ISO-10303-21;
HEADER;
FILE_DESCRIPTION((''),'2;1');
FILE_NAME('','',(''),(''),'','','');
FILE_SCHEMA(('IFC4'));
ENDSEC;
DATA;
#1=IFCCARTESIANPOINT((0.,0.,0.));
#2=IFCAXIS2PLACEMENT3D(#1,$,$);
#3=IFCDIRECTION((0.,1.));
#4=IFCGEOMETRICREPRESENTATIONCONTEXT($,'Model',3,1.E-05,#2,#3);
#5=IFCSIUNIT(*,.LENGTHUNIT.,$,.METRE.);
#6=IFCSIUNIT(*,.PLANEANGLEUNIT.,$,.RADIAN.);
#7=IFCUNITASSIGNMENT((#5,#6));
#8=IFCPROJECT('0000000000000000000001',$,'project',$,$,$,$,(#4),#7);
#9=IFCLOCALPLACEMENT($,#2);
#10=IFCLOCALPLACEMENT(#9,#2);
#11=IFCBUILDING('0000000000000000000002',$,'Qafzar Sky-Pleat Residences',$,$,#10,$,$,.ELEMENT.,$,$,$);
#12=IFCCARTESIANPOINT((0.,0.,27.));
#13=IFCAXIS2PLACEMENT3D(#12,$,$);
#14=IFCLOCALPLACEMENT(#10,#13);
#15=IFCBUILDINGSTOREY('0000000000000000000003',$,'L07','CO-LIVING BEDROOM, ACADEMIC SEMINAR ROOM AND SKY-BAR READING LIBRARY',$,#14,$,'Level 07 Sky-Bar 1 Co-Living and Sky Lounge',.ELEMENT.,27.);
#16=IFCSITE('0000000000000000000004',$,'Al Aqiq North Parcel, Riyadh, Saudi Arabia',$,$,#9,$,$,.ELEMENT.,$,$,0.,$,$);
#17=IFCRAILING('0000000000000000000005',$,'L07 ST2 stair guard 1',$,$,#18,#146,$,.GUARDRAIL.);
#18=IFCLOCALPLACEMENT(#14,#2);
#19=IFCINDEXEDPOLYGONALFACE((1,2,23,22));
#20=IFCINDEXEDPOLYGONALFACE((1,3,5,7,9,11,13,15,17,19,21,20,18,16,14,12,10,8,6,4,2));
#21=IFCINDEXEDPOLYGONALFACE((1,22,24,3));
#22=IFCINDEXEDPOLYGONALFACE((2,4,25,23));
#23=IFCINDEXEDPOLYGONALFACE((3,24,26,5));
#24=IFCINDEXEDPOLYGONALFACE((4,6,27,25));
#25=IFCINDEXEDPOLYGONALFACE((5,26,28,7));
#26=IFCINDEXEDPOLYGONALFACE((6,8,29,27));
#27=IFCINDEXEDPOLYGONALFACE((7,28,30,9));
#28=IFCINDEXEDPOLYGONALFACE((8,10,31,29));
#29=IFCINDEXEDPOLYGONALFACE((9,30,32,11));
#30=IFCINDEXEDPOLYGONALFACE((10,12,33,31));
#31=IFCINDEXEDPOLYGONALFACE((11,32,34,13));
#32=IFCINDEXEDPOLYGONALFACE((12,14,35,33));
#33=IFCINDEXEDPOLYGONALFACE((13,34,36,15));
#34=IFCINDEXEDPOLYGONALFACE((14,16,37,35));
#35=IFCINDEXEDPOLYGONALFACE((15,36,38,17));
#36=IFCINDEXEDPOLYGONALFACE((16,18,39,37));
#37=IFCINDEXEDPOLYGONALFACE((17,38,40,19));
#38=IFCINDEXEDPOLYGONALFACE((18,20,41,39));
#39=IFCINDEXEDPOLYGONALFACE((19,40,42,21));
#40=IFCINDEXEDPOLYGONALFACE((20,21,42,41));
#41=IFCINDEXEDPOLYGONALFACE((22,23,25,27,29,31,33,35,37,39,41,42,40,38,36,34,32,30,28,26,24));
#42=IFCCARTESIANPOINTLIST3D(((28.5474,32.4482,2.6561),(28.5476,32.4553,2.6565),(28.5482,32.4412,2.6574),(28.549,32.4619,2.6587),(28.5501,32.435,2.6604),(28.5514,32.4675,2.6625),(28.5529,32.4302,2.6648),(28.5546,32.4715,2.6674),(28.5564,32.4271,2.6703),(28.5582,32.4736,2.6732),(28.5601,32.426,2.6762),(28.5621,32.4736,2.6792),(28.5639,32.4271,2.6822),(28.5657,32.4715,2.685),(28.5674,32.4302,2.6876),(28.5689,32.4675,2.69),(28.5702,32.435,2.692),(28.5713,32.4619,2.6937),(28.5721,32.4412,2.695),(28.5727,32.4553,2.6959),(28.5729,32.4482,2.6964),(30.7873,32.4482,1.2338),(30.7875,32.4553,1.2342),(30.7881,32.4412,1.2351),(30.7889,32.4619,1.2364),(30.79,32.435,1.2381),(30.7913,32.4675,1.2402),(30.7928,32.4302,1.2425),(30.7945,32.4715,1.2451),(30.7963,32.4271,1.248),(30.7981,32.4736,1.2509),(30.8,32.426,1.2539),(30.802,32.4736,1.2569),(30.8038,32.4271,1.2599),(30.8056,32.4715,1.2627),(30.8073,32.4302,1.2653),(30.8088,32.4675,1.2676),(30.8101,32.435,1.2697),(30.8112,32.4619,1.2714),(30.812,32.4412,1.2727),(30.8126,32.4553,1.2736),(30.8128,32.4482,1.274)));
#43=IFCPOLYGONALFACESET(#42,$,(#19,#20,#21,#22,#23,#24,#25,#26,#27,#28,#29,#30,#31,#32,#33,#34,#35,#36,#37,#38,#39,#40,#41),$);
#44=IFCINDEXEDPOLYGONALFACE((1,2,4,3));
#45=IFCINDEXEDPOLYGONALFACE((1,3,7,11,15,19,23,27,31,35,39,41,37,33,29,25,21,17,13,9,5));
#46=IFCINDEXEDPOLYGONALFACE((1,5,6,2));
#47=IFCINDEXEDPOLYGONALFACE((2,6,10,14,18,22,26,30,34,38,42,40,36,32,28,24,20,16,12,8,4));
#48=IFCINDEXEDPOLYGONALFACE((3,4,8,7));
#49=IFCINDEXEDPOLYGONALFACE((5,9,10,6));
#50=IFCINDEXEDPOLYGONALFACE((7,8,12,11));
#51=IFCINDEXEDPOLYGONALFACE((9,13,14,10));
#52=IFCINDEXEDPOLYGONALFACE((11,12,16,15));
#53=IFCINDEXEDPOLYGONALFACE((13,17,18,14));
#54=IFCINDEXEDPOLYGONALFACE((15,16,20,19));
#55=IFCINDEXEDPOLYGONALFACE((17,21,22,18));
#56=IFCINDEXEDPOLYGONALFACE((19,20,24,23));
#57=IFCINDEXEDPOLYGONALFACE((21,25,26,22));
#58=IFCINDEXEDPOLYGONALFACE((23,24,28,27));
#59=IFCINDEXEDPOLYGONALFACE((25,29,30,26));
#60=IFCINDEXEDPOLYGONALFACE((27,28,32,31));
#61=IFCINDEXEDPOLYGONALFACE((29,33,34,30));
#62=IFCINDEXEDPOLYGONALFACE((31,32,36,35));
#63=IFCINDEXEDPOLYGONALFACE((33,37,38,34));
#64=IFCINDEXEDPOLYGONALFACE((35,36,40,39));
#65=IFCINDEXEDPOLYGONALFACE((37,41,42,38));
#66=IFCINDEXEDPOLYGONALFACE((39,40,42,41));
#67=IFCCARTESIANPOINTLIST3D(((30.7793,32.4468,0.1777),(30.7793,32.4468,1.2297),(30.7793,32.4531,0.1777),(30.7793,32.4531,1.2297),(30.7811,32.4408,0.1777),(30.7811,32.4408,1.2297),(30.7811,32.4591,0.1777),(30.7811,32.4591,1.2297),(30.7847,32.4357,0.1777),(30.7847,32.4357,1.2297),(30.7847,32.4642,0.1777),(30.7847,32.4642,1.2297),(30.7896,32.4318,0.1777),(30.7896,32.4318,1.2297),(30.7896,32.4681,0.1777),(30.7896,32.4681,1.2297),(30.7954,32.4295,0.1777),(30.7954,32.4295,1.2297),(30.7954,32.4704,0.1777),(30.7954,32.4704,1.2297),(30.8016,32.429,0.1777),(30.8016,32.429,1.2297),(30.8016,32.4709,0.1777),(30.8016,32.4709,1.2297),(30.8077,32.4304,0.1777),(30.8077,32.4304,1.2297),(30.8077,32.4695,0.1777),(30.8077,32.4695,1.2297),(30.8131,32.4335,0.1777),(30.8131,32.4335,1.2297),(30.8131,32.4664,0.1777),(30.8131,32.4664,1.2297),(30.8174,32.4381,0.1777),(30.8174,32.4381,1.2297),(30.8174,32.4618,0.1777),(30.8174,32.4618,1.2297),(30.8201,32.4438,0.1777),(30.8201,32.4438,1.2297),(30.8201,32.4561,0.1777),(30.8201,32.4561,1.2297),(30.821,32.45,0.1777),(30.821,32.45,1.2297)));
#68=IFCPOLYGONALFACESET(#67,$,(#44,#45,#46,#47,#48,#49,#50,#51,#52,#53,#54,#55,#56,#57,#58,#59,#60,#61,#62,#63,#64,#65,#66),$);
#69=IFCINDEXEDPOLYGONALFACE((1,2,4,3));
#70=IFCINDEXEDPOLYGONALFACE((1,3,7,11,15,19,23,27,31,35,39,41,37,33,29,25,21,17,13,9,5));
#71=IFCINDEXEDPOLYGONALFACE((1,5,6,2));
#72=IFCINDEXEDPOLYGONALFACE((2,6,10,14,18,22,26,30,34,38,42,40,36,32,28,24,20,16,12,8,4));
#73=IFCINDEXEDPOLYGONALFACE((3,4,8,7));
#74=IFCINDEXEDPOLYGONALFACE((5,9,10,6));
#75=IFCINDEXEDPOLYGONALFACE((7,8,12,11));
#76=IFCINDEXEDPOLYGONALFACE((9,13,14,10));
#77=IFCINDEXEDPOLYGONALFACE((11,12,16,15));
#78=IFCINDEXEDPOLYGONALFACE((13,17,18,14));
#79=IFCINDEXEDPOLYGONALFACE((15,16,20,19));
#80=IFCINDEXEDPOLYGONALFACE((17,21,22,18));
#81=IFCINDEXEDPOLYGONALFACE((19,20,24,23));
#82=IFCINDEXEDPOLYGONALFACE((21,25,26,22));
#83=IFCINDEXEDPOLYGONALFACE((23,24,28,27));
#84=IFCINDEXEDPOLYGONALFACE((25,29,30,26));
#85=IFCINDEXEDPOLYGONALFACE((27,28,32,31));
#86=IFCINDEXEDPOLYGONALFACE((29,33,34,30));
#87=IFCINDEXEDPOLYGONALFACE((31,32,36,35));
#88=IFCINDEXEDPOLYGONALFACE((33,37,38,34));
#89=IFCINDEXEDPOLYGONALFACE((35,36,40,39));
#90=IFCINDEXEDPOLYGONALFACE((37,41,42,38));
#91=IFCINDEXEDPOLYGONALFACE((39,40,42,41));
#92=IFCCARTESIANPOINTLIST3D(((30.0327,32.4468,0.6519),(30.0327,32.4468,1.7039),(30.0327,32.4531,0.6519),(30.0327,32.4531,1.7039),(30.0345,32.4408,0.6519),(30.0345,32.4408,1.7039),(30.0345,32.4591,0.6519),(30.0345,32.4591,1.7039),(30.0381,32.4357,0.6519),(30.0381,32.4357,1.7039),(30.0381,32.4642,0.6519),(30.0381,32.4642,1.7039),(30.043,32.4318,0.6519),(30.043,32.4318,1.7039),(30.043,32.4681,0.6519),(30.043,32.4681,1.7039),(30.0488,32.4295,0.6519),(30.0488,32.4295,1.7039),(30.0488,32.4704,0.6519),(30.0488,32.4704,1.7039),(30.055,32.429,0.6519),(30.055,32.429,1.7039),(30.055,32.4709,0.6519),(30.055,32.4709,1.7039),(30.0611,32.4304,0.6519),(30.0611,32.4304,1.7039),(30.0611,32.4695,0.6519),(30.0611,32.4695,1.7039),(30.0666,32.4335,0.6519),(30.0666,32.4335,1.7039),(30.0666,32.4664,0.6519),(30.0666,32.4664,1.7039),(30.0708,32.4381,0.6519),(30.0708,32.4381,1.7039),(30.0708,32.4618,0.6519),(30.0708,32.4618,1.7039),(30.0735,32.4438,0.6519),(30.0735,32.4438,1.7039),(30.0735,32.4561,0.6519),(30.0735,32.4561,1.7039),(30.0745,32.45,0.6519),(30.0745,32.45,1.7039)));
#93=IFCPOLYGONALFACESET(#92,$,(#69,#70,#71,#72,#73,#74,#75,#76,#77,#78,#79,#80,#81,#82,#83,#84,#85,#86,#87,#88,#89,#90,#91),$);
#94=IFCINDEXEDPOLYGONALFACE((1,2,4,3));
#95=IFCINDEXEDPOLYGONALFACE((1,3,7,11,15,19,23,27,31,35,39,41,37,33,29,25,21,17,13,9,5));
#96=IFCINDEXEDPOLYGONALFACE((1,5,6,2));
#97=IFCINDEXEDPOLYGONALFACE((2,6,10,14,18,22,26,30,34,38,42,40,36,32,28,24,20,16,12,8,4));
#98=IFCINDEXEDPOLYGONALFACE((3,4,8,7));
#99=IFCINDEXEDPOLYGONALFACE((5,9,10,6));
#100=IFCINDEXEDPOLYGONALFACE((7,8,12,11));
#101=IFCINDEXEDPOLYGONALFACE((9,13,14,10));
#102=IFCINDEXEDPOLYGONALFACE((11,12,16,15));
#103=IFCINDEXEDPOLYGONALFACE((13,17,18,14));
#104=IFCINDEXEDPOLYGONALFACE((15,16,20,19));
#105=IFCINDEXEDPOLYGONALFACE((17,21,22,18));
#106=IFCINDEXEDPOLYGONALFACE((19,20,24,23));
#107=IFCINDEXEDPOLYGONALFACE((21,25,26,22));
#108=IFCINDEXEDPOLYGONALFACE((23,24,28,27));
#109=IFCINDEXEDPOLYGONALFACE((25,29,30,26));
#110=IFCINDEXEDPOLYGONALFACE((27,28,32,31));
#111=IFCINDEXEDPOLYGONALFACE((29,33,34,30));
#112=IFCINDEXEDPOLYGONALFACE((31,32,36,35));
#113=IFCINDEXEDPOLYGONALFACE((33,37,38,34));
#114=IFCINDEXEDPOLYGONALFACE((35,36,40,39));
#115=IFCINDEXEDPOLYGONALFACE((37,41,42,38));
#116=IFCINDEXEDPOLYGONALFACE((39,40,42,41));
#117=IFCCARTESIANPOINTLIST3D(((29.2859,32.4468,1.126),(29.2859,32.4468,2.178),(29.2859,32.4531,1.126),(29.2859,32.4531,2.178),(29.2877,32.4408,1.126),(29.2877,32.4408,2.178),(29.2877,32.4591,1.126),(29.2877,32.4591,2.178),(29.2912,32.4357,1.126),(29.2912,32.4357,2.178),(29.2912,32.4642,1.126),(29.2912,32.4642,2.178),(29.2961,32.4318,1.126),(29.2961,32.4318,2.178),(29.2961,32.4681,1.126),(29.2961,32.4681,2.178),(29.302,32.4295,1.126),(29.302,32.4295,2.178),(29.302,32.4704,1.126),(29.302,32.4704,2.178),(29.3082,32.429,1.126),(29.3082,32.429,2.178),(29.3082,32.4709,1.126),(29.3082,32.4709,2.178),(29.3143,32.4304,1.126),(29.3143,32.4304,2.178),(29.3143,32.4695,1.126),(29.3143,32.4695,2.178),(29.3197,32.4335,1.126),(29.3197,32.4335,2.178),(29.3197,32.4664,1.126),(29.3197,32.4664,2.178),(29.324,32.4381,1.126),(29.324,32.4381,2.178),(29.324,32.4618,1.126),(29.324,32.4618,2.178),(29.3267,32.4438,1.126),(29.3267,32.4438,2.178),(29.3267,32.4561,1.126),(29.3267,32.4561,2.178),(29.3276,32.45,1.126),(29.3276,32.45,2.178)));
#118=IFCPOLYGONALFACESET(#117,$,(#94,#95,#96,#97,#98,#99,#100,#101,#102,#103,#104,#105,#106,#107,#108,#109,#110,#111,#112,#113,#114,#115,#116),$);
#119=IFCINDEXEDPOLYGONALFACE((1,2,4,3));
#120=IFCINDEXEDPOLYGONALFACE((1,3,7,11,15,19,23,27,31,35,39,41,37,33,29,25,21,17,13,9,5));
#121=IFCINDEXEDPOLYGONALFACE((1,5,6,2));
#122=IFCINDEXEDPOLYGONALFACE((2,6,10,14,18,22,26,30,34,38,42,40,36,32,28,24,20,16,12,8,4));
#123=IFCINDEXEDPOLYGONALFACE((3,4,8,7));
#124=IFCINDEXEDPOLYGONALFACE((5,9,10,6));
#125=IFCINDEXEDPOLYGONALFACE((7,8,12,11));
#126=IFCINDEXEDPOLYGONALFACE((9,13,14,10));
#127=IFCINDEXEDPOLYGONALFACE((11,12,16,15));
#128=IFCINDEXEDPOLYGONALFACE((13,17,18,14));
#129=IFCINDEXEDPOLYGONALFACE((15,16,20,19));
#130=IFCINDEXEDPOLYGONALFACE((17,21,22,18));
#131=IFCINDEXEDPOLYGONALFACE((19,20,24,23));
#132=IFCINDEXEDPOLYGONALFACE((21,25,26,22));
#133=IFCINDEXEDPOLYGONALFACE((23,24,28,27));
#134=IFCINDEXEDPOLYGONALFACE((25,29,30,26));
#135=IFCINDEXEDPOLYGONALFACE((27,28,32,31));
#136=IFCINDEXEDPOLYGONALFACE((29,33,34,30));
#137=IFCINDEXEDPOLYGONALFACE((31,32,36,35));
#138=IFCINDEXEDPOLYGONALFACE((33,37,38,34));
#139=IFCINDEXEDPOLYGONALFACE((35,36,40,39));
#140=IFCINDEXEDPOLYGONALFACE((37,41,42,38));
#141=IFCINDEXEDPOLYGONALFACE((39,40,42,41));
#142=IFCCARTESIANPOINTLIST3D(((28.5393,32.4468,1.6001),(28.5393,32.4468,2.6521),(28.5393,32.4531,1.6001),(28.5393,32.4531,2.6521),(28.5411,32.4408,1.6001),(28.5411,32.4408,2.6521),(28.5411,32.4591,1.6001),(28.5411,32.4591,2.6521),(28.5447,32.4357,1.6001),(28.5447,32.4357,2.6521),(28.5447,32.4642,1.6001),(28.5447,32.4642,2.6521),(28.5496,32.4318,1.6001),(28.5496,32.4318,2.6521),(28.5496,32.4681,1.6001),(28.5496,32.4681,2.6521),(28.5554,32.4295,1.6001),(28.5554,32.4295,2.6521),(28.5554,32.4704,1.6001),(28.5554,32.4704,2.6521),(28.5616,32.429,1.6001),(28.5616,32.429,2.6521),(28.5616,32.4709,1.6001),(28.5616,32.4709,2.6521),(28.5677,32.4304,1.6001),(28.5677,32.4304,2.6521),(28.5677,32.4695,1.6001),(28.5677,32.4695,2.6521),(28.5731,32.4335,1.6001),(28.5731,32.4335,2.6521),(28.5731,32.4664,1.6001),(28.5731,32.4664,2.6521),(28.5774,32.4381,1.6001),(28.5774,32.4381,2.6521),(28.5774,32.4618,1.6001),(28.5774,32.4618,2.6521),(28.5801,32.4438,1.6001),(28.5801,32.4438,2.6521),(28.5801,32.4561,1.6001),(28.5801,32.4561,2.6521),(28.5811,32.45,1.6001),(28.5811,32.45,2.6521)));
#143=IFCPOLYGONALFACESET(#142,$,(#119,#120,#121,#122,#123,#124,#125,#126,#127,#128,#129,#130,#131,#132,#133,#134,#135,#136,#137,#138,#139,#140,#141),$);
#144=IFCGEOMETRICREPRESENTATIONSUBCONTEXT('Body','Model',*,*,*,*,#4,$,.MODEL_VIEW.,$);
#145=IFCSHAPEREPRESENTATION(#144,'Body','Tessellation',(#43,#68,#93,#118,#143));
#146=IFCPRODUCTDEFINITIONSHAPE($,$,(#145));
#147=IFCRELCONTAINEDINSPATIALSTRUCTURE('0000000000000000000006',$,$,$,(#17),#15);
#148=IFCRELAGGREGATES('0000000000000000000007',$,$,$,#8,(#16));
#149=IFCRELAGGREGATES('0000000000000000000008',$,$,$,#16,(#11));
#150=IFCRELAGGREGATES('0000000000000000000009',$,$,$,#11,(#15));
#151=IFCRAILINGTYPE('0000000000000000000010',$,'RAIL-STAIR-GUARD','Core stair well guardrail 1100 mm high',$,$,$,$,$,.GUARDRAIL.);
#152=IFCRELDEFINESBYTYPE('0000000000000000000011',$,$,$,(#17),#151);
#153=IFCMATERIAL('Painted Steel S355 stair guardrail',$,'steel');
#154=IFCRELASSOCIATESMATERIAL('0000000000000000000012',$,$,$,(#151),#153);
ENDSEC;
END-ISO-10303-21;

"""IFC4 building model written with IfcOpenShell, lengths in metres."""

from ifc_helpers import new_model, si_unit, direction, frame, origin, origin_2d, place, context, subcontext, project, spatial, circle, extrude, source, transform, mapped, material, type_object, element, save


model = new_model("IFC4")

# Units and contexts
model_context = context("Model", 3, precision=1e-05, world=origin(), true_north=direction((0.0, 1.0)))
body_context = subcontext(model_context, "Body", "Model", "MODEL_VIEW")
ifc_project = project(units=[si_unit("LENGTHUNIT", "METRE"), si_unit("PLANEANGLEUNIT", "RADIAN")], contexts=[model_context])

# Site, building, storey
site_placement = place(None, origin())
site = spatial("IfcSite", under=ifc_project, at=site_placement, Name="Al Aqiq North Parcel, Riyadh, Saudi Arabia", CompositionType="ELEMENT", RefElevation=0.0)
building_placement = place(site_placement, origin())
building = spatial("IfcBuilding", under=site, at=building_placement, Name="Qafzar Sky-Pleat Residences", CompositionType="ELEMENT")
storey_placement = place(building_placement, frame((0.0, 0.0, 27.0)))
storey = spatial("IfcBuildingStorey", under=building, at=storey_placement, Name="L07", Description="CO-LIVING BEDROOM, ACADEMIC SEMINAR ROOM AND SKY-BAR READING LIBRARY", LongName="Level 07 Sky-Bar 1 Co-Living and Sky Lounge", CompositionType="ELEMENT", Elevation=27.0)

# Railing
ifc_material_1 = material(Name="Painted Steel S355 stair guardrail", Category="steel")
railing_type_1 = type_object("IfcRailingType", Name="RAIL-STAIR-GUARD", Description="Core stair well guardrail 1100 mm high", PredefinedType="GUARDRAIL", material=ifc_material_1)
shared_shape_1 = source(origin(), body_context, "Body", "SweptSolid", [
    extrude(circle(Radius=0.0239, at=origin_2d()), frame((0.0, 0.0, 1.0762), z_axis=(-0.844188, 0.0, 0.536048), x_axis=(0.0, -1.0, 0.0)), (0.0, 0.0, 1.0), 2.6533),
    extrude(circle(Radius=0.021, at=origin_2d()), origin(), (0.0, 0.0, 1.0), 1.052),
    extrude(circle(Radius=0.021, at=origin_2d()), frame((-0.7466, 0.0, 0.4741)), (0.0, 0.0, 1.0), 1.052),
    extrude(circle(Radius=0.021, at=origin_2d()), frame((-1.4934, 0.0, 0.9482)), (0.0, 0.0, 1.0), 1.052),
    extrude(circle(Radius=0.021, at=origin_2d()), frame((-2.24, 0.0, 1.4224)), (0.0, 0.0, 1.0), 1.052),
])
railing_1_placement = place(storey_placement, frame((30.8, 32.45, 0.1777)))
element("IfcRailing", 1, at=railing_1_placement, inside=storey, type_object=railing_type_1, Name="L07 ST2 stair guard 1", PredefinedType="GUARDRAIL", context=body_context, shape_type="MappedRepresentation", body=[
    mapped(shared_shape_1, transform((0.0, 0.0, 0.0), x_axis=(1.0, 0.0, 0.0), y_axis=(0.0, 1.0, 0.0), z_axis=(0.0, 0.0, 1.0), scale=1.0)),
])

save(model, "model.ifc")
